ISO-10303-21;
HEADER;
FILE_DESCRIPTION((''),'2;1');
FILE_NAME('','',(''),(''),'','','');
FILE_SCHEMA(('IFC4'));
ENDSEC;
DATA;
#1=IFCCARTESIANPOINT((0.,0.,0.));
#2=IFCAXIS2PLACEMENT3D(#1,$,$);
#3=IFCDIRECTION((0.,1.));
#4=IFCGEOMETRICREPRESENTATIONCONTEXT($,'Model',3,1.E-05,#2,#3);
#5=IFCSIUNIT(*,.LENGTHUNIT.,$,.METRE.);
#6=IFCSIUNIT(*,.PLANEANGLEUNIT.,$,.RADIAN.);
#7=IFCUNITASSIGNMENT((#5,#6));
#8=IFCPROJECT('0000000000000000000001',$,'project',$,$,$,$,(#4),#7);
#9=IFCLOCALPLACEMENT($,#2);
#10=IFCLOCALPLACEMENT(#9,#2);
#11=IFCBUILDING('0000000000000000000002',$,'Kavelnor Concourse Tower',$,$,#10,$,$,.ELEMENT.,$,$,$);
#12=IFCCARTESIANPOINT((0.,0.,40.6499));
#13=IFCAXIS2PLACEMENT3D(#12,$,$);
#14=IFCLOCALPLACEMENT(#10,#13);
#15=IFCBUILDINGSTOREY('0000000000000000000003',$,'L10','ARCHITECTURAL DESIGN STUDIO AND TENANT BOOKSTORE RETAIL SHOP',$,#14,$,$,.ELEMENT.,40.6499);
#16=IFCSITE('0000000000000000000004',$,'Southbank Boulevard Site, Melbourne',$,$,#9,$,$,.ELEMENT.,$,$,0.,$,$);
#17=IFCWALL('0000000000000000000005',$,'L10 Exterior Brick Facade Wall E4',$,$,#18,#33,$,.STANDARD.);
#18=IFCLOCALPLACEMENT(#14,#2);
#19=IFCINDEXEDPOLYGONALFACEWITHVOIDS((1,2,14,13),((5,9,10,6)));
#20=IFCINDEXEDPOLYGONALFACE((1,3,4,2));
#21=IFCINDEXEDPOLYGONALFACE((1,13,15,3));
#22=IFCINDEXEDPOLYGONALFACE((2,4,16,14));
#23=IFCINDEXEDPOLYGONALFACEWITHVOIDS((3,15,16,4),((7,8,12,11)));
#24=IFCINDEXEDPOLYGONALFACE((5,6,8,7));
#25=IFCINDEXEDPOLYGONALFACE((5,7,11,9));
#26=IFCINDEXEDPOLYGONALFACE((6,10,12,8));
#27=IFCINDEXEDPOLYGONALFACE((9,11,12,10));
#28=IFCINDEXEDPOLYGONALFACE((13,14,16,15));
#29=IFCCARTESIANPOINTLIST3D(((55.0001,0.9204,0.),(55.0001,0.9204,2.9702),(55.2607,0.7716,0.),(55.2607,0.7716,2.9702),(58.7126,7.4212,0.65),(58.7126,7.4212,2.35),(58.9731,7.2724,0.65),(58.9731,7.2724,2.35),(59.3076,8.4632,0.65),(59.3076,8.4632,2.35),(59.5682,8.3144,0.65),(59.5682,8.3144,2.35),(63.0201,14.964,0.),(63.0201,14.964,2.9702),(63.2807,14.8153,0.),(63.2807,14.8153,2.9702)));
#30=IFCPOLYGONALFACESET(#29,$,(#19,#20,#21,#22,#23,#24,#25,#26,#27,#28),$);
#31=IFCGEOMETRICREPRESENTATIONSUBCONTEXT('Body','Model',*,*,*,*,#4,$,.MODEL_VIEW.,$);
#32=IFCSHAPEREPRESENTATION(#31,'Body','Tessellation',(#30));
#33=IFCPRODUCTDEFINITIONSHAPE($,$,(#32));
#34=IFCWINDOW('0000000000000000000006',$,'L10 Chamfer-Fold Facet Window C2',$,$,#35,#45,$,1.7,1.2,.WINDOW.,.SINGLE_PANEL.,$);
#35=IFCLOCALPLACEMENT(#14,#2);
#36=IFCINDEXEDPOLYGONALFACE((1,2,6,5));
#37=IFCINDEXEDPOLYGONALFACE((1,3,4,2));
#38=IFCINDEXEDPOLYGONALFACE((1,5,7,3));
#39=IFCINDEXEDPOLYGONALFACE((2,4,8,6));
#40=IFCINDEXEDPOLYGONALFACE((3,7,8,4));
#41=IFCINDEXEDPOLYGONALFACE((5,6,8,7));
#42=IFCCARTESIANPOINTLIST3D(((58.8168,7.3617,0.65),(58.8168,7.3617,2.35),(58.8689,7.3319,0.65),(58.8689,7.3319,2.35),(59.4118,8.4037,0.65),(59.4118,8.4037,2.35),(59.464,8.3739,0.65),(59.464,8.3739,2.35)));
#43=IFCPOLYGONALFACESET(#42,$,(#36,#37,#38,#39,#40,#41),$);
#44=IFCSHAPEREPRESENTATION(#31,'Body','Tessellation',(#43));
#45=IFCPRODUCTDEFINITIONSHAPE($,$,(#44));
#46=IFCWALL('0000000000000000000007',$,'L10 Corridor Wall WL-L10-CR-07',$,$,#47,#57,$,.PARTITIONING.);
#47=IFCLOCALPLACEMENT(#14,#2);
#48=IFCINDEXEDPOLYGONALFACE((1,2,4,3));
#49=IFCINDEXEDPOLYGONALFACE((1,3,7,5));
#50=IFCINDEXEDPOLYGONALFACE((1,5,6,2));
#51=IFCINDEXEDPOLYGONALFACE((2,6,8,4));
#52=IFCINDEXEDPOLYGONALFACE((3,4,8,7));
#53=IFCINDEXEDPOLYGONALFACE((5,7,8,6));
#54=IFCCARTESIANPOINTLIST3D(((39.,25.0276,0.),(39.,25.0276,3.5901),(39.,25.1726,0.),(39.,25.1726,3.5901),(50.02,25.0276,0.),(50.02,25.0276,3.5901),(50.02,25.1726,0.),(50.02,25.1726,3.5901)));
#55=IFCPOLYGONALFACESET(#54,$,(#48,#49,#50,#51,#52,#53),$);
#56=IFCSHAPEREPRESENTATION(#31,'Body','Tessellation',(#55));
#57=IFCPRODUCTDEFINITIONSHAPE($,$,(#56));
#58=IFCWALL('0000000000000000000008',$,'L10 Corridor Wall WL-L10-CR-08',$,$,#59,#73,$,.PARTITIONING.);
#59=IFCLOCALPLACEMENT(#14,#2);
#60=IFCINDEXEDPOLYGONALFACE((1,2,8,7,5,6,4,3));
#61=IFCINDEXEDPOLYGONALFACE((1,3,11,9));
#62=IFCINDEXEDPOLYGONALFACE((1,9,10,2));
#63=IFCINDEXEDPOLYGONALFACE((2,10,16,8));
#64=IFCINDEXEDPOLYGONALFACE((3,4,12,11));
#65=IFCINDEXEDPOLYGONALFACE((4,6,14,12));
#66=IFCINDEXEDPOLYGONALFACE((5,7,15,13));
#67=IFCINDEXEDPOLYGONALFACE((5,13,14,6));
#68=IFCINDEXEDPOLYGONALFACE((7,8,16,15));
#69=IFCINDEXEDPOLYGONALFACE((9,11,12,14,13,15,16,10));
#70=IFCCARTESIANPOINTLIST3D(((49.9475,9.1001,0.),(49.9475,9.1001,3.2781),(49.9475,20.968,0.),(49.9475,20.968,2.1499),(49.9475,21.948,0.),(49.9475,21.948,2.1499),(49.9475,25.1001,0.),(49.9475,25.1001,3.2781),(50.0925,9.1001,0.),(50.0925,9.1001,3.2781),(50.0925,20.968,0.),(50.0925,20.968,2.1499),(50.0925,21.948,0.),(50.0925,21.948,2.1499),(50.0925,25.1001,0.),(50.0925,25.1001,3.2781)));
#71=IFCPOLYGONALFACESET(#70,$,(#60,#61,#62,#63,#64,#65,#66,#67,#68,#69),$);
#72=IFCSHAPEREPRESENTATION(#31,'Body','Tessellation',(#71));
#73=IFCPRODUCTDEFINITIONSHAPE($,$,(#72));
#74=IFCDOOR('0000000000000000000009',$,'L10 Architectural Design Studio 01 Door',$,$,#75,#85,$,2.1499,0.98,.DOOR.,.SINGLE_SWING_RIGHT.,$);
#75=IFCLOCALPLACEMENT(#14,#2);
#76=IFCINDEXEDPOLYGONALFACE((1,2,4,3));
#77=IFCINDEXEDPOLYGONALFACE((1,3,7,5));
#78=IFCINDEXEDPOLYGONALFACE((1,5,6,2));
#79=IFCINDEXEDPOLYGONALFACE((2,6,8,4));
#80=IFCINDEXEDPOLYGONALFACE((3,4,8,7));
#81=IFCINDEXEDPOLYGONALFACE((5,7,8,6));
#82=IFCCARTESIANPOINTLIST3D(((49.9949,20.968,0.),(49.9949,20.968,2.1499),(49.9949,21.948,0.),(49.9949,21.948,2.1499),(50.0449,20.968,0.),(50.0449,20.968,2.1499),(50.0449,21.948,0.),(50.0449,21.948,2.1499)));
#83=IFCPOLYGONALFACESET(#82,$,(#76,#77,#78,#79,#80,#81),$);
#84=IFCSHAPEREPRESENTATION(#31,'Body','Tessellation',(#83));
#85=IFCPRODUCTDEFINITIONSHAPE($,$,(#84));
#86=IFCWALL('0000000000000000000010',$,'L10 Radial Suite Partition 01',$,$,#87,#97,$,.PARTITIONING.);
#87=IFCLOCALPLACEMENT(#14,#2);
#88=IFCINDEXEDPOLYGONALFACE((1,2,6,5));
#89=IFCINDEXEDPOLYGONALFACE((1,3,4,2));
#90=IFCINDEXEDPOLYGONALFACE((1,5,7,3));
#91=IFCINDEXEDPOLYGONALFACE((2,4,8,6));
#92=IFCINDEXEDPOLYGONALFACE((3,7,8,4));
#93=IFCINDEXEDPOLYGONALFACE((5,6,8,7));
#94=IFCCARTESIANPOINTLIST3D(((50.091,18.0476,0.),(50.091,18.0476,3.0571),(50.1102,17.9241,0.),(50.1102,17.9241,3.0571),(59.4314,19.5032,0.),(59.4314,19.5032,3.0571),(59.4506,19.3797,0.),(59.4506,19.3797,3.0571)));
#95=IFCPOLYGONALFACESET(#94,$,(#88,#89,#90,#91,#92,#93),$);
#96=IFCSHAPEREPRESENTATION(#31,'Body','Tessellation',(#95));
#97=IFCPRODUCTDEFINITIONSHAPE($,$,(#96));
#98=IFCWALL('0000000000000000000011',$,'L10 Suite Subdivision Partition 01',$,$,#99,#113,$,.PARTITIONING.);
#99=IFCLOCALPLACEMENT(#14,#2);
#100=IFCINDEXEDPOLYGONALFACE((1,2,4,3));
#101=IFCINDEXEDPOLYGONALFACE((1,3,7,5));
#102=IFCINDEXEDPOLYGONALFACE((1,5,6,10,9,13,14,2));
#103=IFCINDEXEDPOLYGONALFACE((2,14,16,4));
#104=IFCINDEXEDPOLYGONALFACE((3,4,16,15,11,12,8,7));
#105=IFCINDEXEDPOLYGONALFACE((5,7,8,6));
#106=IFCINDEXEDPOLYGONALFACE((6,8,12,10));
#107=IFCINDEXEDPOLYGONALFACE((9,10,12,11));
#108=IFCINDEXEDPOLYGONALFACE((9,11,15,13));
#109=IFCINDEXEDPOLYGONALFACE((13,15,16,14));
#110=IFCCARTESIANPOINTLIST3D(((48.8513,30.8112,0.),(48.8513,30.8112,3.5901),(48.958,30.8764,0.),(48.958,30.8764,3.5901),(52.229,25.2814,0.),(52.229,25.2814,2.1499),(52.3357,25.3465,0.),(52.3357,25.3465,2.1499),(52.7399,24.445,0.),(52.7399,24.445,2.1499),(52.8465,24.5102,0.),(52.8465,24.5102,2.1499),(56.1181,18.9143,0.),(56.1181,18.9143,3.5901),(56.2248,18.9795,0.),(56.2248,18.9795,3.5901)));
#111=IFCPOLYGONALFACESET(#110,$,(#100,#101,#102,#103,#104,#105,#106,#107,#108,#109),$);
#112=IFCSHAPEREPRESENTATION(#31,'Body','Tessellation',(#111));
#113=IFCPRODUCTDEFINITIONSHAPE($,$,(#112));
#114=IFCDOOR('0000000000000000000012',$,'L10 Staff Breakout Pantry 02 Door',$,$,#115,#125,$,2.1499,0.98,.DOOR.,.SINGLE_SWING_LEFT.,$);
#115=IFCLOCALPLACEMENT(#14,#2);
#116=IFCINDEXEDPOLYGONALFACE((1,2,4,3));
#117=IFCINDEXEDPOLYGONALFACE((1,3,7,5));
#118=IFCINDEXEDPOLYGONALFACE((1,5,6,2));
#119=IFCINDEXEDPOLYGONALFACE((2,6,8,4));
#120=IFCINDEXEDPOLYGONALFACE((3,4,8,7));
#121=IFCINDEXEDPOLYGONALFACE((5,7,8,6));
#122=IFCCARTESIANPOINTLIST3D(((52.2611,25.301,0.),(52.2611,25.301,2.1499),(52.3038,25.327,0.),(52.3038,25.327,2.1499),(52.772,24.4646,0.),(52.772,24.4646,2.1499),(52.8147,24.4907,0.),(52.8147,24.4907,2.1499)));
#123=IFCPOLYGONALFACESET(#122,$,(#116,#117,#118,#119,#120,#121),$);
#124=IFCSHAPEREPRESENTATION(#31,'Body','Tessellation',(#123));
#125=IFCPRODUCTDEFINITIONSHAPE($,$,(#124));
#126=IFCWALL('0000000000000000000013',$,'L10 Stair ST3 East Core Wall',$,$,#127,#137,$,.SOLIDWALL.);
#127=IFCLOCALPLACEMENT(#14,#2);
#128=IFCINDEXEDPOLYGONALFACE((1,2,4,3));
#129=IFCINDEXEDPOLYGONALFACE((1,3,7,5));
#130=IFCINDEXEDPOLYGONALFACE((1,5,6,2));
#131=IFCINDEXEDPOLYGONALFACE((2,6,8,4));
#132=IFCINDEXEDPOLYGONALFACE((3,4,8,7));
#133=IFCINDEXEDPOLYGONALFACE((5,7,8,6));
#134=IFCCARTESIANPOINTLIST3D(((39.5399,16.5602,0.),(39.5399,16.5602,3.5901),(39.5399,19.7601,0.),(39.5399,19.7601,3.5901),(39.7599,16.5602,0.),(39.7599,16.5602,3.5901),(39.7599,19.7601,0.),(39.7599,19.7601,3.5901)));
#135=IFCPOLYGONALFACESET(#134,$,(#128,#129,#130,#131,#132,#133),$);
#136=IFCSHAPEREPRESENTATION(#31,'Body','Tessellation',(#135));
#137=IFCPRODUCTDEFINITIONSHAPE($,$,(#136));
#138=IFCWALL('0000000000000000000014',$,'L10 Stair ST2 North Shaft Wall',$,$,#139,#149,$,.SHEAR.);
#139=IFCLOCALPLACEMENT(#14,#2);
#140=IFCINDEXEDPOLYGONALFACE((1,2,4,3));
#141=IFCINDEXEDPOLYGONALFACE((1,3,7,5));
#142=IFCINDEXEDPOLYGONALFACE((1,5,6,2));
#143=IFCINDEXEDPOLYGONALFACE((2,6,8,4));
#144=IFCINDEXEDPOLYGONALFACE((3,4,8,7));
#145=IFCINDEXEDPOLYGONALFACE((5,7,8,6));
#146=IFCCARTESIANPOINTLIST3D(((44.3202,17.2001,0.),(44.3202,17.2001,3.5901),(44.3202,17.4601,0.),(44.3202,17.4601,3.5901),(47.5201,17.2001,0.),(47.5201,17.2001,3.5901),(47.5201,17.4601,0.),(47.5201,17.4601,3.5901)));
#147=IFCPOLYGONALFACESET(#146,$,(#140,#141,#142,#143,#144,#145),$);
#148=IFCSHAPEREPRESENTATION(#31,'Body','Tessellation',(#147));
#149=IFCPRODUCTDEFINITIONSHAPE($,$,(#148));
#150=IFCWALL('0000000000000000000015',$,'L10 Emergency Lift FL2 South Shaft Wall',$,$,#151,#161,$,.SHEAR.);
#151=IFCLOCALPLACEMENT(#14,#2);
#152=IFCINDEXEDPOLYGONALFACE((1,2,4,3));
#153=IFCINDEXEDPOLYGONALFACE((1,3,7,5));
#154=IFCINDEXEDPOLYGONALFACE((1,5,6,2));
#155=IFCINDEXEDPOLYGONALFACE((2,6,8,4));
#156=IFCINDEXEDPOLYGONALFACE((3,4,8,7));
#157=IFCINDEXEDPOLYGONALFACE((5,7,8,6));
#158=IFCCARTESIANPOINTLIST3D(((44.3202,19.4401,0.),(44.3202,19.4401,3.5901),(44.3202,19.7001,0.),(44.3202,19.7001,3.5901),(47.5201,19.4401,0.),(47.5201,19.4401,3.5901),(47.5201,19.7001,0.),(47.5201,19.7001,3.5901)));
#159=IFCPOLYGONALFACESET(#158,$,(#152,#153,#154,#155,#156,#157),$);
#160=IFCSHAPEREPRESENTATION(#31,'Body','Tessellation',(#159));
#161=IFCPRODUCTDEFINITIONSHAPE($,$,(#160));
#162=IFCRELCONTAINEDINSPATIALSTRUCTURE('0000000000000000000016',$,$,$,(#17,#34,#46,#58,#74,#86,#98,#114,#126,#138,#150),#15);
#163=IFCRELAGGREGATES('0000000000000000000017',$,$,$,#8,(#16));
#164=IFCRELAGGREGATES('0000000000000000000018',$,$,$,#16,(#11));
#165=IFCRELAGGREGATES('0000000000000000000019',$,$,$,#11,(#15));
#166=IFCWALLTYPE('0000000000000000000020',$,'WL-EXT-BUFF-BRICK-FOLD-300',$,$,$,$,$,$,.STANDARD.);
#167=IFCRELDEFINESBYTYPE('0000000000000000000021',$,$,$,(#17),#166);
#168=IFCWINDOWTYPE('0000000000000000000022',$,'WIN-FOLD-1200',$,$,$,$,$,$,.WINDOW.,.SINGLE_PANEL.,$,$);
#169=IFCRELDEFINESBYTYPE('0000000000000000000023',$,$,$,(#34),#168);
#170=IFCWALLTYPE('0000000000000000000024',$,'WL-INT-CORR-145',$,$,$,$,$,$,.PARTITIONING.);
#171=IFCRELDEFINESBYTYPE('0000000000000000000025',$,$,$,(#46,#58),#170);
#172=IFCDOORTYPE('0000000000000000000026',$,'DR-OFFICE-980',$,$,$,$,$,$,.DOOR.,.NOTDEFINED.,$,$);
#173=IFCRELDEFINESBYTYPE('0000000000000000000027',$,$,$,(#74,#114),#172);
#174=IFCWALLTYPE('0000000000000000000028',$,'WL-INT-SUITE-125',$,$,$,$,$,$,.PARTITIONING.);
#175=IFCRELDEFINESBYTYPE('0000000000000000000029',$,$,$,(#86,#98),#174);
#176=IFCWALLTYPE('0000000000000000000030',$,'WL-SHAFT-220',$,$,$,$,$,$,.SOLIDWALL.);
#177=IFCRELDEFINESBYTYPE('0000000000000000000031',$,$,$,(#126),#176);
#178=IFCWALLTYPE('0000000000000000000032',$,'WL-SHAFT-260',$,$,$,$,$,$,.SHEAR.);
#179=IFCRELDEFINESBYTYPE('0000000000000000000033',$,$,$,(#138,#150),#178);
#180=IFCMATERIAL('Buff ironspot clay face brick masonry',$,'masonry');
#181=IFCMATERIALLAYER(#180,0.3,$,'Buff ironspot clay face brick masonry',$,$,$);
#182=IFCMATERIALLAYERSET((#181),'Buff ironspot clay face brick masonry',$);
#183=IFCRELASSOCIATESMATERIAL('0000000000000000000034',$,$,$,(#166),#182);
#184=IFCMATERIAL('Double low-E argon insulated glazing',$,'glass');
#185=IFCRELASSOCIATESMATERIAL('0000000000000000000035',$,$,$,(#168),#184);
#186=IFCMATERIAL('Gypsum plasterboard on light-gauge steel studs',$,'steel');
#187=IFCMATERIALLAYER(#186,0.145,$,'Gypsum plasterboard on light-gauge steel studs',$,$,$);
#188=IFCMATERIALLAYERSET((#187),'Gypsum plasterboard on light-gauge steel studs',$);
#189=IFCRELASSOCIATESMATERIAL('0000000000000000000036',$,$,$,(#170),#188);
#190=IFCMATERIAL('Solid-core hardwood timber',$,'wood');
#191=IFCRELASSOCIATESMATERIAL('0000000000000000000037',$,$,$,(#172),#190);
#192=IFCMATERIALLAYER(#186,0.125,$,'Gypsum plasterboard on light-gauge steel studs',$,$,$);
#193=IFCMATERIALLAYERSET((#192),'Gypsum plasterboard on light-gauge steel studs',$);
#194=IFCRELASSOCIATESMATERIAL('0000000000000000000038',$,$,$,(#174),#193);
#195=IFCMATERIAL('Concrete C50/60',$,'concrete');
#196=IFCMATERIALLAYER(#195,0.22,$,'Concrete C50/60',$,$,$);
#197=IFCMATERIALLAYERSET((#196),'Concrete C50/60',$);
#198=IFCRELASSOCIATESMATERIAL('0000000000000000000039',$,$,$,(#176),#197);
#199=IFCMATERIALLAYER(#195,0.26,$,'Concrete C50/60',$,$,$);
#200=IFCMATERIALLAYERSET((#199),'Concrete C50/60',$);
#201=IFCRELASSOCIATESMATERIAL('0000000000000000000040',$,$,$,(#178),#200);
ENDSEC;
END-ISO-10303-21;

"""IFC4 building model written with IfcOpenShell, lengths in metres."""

from ifc_helpers import new_model, si_unit, direction, frame, frame_2d, origin, place, context, subcontext, project, spatial, rectangle, extrude, material, layer, layer_set, type_object, element, fill, save


model = new_model("IFC4")

# Units and contexts
model_context = context("Model", 3, precision=1e-05, world=origin(), true_north=direction((0.0, 1.0)))
body_context = subcontext(model_context, "Body", "Model", "MODEL_VIEW")
ifc_project = project(units=[si_unit("LENGTHUNIT", "METRE"), si_unit("PLANEANGLEUNIT", "RADIAN")], contexts=[model_context])

# Site, building, storey
site_placement = place(None, origin())
site = spatial("IfcSite", under=ifc_project, at=site_placement, Name="Southbank Boulevard Site, Melbourne", CompositionType="ELEMENT", RefElevation=0.0)
building_placement = place(site_placement, origin())
building = spatial("IfcBuilding", under=site, at=building_placement, Name="Kavelnor Concourse Tower", CompositionType="ELEMENT")
storey_placement = place(building_placement, frame((0.0, 0.0, 40.6499)))
storey = spatial("IfcBuildingStorey", under=building, at=storey_placement, Name="L10", Description="ARCHITECTURAL DESIGN STUDIO AND TENANT BOOKSTORE RETAIL SHOP", CompositionType="ELEMENT", Elevation=40.6499)

# Wall, opening, window
ifc_material_1 = material(Name="Buff ironspot clay face brick masonry", Category="masonry")
ifc_layer_1 = layer(ifc_material_1, 0.3, Name="Buff ironspot clay face brick masonry")
ifc_layer_set_1 = layer_set([ifc_layer_1], Name="Buff ironspot clay face brick masonry")
wall_type_1 = type_object("IfcWallType", Name="WL-EXT-BUFF-BRICK-FOLD-300", PredefinedType="STANDARD", material=ifc_layer_set_1)
wall_1_placement = place(storey_placement, frame((63.1504, 14.8896, 0.0), z_axis=(0.0, 0.0, 1.0), x_axis=(-0.495908, -0.868375, 0.0)))
wall_1 = element("IfcWall", 1, at=wall_1_placement, inside=storey, type_object=wall_type_1, Name="L10 Exterior Brick Facade Wall E4", PredefinedType="STANDARD", context=body_context, shape_type="SweptSolid", body=[
    extrude(rectangle(XDim=16.1724, YDim=0.3, at=frame_2d((8.0862, 0.0))), origin(), (0.0, 0.0, 1.0), 2.9702),
])
opening_1_placement = place(wall_1_placement, frame((7.4861, 0.0, 0.6499)))
opening_1 = element("IfcOpeningElement", 2, at=opening_1_placement, cuts=wall_1, PredefinedType="OPENING", context=body_context, shape_type="SweptSolid", body=[
    extrude(rectangle(XDim=1.2, YDim=1.7, at=frame_2d((0.6001, 0.8501))), frame((0.0, 0.1602, 0.0), z_axis=(0.0, -1.0, 0.0), x_axis=(1.0, 0.0, 0.0)), (0.0, 0.0, 1.0), 0.3201),
])
ifc_material_2 = material(Name="Double low-E argon insulated glazing", Category="glass")
window_type = type_object("IfcWindowType", Name="WIN-FOLD-1200", PartitioningType="SINGLE_PANEL", PredefinedType="WINDOW", material=ifc_material_2)
window_placement = place(opening_1_placement, origin())
window = element("IfcWindow", 3, at=window_placement, inside=storey, type_object=window_type, Name="L10 Chamfer-Fold Facet Window C2", OverallHeight=1.7, OverallWidth=1.2, PartitioningType="SINGLE_PANEL", PredefinedType="WINDOW", context=body_context, shape_type="SweptSolid", body=[
    extrude(rectangle(XDim=1.2, YDim=1.7, at=frame_2d((0.6001, 0.8501))), frame((0.0, 0.03, 0.0), z_axis=(0.0, -1.0, 0.0), x_axis=(1.0, 0.0, 0.0)), (0.0, 0.0, 1.0), 0.0601),
])
fill(opening_1, window)

# Wall
ifc_material_3 = material(Name="Gypsum plasterboard on light-gauge steel studs", Category="steel")
ifc_layer_2 = layer(ifc_material_3, 0.145, Name="Gypsum plasterboard on light-gauge steel studs")
ifc_layer_set_2 = layer_set([ifc_layer_2], Name="Gypsum plasterboard on light-gauge steel studs")
wall_type_2 = type_object("IfcWallType", Name="WL-INT-CORR-145", PredefinedType="PARTITIONING", material=ifc_layer_set_2)
wall_2_placement = place(storey_placement, frame((39.0, 25.1001, 0.0), z_axis=(0.0, 0.0, 1.0), x_axis=(1.0, 0.0, 0.0)))
element("IfcWall", 4, at=wall_2_placement, inside=storey, type_object=wall_type_2, Name="L10 Corridor Wall WL-L10-CR-07", PredefinedType="PARTITIONING", context=body_context, shape_type="SweptSolid", body=[
    extrude(rectangle(XDim=11.02, YDim=0.145, at=frame_2d((5.51, 0.0))), origin(), (0.0, 0.0, 1.0), 3.5901),
])

# Wall, opening, door
wall_3_placement = place(storey_placement, frame((50.02, 25.1001, 0.0), z_axis=(0.0, 0.0, 1.0), x_axis=(0.0, -1.0, 0.0)))
wall_3 = element("IfcWall", 5, at=wall_3_placement, inside=storey, type_object=wall_type_2, Name="L10 Corridor Wall WL-L10-CR-08", PredefinedType="PARTITIONING", context=body_context, shape_type="SweptSolid", body=[
    extrude(rectangle(XDim=16.0, YDim=0.145, at=frame_2d((8.0, 0.0))), origin(), (0.0, 0.0, 1.0), 3.2781),
])
opening_2_placement = place(wall_3_placement, frame((3.1521, 0.0, 0.0)))
opening_2 = element("IfcOpeningElement", 6, at=opening_2_placement, cuts=wall_3, PredefinedType="OPENING", context=body_context, shape_type="SweptSolid", body=[
    extrude(rectangle(XDim=0.98, YDim=2.1499, at=frame_2d((0.49, 1.075))), frame((0.0, 0.0825, 0.0), z_axis=(0.0, -1.0, 0.0), x_axis=(1.0, 0.0, 0.0)), (0.0, 0.0, 1.0), 0.165),
])
ifc_material_4 = material(Name="Solid-core hardwood timber", Category="wood")
door_type = type_object("IfcDoorType", Name="DR-OFFICE-980", OperationType="NOTDEFINED", PredefinedType="DOOR", material=ifc_material_4)
door_1_placement = place(opening_2_placement, origin())
door_1 = element("IfcDoor", 7, at=door_1_placement, inside=storey, type_object=door_type, Name="L10 Architectural Design Studio 01 Door", OperationType="SINGLE_SWING_RIGHT", OverallHeight=2.1499, OverallWidth=0.98, PredefinedType="DOOR", context=body_context, shape_type="SweptSolid", body=[
    extrude(rectangle(XDim=0.98, YDim=2.1499, at=frame_2d((0.49, 1.075))), frame((0.0, 0.0249, 0.0), z_axis=(0.0, -1.0, 0.0), x_axis=(1.0, 0.0, 0.0)), (0.0, 0.0, 1.0), 0.05),
])
fill(opening_2, door_1)

# Wall
ifc_layer_3 = layer(ifc_material_3, 0.125, Name="Gypsum plasterboard on light-gauge steel studs")
ifc_layer_set_3 = layer_set([ifc_layer_3], Name="Gypsum plasterboard on light-gauge steel studs")
wall_type_3 = type_object("IfcWallType", Name="WL-INT-SUITE-125", PredefinedType="PARTITIONING", material=ifc_layer_set_3)
wall_4_placement = place(storey_placement, frame((50.1006, 17.9858, 0.0), z_axis=(0.0, 0.0, 1.0), x_axis=(0.988074, 0.153978, 0.0)))
element("IfcWall", 8, at=wall_4_placement, inside=storey, type_object=wall_type_3, Name="L10 Radial Suite Partition 01", PredefinedType="PARTITIONING", context=body_context, shape_type="SweptSolid", body=[
    extrude(rectangle(XDim=9.4531, YDim=0.125, at=frame_2d((4.7266, 0.0))), origin(), (0.0, 0.0, 1.0), 3.0571),
])

# Wall, opening, door
wall_5_placement = place(storey_placement, frame((56.1714, 18.947, 0.0), z_axis=(0.0, 0.0, 1.0), x_axis=(-0.521266, 0.853394, 0.0)))
wall_5 = element("IfcWall", 9, at=wall_5_placement, inside=storey, type_object=wall_type_3, Name="L10 Suite Subdivision Partition 01", PredefinedType="PARTITIONING", context=body_context, shape_type="SweptSolid", body=[
    extrude(rectangle(XDim=13.9407, YDim=0.125, at=frame_2d((6.9702, 0.0))), origin(), (0.0, 0.0, 1.0), 3.5901),
])
opening_3_placement = place(wall_5_placement, frame((6.4807, 0.0, 0.0)))
opening_3 = element("IfcOpeningElement", 10, at=opening_3_placement, cuts=wall_5, PredefinedType="OPENING", context=body_context, shape_type="SweptSolid", body=[
    extrude(rectangle(XDim=0.98, YDim=2.1499, at=frame_2d((0.49, 1.075))), frame((0.0, 0.0725, 0.0), z_axis=(0.0, -1.0, 0.0), x_axis=(1.0, 0.0, 0.0)), (0.0, 0.0, 1.0), 0.145),
])
door_2_placement = place(opening_3_placement, origin())
door_2 = element("IfcDoor", 11, at=door_2_placement, inside=storey, type_object=door_type, Name="L10 Staff Breakout Pantry 02 Door", OperationType="SINGLE_SWING_LEFT", OverallHeight=2.1499, OverallWidth=0.98, PredefinedType="DOOR", context=body_context, shape_type="SweptSolid", body=[
    extrude(rectangle(XDim=0.98, YDim=2.1499, at=frame_2d((0.49, 1.075))), frame((0.0, 0.0249, 0.0), z_axis=(0.0, -1.0, 0.0), x_axis=(1.0, 0.0, 0.0)), (0.0, 0.0, 1.0), 0.05),
])
fill(opening_3, door_2)

# Walls
ifc_material_5 = material(Name="Concrete C50/60", Category="concrete")
ifc_layer_4 = layer(ifc_material_5, 0.22, Name="Concrete C50/60")
ifc_layer_set_4 = layer_set([ifc_layer_4], Name="Concrete C50/60")
wall_type_4 = type_object("IfcWallType", Name="WL-SHAFT-220", PredefinedType="SOLIDWALL", material=ifc_layer_set_4)
wall_6_placement = place(storey_placement, frame((39.6499, 16.5601, 0.0), z_axis=(0.0, 0.0, 1.0), x_axis=(0.0, 1.0, 0.0)))
element("IfcWall", 12, at=wall_6_placement, inside=storey, type_object=wall_type_4, Name="L10 Stair ST3 East Core Wall", PredefinedType="SOLIDWALL", context=body_context, shape_type="SweptSolid", body=[
    extrude(rectangle(XDim=3.2, YDim=0.22, at=frame_2d((1.6001, 0.0))), origin(), (0.0, 0.0, 1.0), 3.5901),
])
ifc_layer_5 = layer(ifc_material_5, 0.26, Name="Concrete C50/60")
ifc_layer_set_5 = layer_set([ifc_layer_5], Name="Concrete C50/60")
wall_type_5 = type_object("IfcWallType", Name="WL-SHAFT-260", PredefinedType="SHEAR", material=ifc_layer_set_5)
for number, where, z_axis, x_axis, name in (
    (13, (44.3201, 17.3301, 0.0), (0.0, 0.0, 1.0), (1.0, 0.0, 0.0), "L10 Stair ST2 North Shaft Wall"),
    (14, (44.3201, 19.5701, 0.0), (0.0, 0.0, 1.0), (1.0, 0.0, 0.0), "L10 Emergency Lift FL2 South Shaft Wall"),
):
    element("IfcWall", number, at=place(storey_placement, frame(where, z_axis=z_axis, x_axis=x_axis)), inside=storey, type_object=wall_type_5, Name=name, PredefinedType="SHEAR", context=body_context, shape_type="SweptSolid", body=[
        extrude(rectangle(XDim=3.2, YDim=0.26, at=frame_2d((1.6001, 0.0))), origin(), (0.0, 0.0, 1.0), 3.5901),
    ])

save(model, "model.ifc")
